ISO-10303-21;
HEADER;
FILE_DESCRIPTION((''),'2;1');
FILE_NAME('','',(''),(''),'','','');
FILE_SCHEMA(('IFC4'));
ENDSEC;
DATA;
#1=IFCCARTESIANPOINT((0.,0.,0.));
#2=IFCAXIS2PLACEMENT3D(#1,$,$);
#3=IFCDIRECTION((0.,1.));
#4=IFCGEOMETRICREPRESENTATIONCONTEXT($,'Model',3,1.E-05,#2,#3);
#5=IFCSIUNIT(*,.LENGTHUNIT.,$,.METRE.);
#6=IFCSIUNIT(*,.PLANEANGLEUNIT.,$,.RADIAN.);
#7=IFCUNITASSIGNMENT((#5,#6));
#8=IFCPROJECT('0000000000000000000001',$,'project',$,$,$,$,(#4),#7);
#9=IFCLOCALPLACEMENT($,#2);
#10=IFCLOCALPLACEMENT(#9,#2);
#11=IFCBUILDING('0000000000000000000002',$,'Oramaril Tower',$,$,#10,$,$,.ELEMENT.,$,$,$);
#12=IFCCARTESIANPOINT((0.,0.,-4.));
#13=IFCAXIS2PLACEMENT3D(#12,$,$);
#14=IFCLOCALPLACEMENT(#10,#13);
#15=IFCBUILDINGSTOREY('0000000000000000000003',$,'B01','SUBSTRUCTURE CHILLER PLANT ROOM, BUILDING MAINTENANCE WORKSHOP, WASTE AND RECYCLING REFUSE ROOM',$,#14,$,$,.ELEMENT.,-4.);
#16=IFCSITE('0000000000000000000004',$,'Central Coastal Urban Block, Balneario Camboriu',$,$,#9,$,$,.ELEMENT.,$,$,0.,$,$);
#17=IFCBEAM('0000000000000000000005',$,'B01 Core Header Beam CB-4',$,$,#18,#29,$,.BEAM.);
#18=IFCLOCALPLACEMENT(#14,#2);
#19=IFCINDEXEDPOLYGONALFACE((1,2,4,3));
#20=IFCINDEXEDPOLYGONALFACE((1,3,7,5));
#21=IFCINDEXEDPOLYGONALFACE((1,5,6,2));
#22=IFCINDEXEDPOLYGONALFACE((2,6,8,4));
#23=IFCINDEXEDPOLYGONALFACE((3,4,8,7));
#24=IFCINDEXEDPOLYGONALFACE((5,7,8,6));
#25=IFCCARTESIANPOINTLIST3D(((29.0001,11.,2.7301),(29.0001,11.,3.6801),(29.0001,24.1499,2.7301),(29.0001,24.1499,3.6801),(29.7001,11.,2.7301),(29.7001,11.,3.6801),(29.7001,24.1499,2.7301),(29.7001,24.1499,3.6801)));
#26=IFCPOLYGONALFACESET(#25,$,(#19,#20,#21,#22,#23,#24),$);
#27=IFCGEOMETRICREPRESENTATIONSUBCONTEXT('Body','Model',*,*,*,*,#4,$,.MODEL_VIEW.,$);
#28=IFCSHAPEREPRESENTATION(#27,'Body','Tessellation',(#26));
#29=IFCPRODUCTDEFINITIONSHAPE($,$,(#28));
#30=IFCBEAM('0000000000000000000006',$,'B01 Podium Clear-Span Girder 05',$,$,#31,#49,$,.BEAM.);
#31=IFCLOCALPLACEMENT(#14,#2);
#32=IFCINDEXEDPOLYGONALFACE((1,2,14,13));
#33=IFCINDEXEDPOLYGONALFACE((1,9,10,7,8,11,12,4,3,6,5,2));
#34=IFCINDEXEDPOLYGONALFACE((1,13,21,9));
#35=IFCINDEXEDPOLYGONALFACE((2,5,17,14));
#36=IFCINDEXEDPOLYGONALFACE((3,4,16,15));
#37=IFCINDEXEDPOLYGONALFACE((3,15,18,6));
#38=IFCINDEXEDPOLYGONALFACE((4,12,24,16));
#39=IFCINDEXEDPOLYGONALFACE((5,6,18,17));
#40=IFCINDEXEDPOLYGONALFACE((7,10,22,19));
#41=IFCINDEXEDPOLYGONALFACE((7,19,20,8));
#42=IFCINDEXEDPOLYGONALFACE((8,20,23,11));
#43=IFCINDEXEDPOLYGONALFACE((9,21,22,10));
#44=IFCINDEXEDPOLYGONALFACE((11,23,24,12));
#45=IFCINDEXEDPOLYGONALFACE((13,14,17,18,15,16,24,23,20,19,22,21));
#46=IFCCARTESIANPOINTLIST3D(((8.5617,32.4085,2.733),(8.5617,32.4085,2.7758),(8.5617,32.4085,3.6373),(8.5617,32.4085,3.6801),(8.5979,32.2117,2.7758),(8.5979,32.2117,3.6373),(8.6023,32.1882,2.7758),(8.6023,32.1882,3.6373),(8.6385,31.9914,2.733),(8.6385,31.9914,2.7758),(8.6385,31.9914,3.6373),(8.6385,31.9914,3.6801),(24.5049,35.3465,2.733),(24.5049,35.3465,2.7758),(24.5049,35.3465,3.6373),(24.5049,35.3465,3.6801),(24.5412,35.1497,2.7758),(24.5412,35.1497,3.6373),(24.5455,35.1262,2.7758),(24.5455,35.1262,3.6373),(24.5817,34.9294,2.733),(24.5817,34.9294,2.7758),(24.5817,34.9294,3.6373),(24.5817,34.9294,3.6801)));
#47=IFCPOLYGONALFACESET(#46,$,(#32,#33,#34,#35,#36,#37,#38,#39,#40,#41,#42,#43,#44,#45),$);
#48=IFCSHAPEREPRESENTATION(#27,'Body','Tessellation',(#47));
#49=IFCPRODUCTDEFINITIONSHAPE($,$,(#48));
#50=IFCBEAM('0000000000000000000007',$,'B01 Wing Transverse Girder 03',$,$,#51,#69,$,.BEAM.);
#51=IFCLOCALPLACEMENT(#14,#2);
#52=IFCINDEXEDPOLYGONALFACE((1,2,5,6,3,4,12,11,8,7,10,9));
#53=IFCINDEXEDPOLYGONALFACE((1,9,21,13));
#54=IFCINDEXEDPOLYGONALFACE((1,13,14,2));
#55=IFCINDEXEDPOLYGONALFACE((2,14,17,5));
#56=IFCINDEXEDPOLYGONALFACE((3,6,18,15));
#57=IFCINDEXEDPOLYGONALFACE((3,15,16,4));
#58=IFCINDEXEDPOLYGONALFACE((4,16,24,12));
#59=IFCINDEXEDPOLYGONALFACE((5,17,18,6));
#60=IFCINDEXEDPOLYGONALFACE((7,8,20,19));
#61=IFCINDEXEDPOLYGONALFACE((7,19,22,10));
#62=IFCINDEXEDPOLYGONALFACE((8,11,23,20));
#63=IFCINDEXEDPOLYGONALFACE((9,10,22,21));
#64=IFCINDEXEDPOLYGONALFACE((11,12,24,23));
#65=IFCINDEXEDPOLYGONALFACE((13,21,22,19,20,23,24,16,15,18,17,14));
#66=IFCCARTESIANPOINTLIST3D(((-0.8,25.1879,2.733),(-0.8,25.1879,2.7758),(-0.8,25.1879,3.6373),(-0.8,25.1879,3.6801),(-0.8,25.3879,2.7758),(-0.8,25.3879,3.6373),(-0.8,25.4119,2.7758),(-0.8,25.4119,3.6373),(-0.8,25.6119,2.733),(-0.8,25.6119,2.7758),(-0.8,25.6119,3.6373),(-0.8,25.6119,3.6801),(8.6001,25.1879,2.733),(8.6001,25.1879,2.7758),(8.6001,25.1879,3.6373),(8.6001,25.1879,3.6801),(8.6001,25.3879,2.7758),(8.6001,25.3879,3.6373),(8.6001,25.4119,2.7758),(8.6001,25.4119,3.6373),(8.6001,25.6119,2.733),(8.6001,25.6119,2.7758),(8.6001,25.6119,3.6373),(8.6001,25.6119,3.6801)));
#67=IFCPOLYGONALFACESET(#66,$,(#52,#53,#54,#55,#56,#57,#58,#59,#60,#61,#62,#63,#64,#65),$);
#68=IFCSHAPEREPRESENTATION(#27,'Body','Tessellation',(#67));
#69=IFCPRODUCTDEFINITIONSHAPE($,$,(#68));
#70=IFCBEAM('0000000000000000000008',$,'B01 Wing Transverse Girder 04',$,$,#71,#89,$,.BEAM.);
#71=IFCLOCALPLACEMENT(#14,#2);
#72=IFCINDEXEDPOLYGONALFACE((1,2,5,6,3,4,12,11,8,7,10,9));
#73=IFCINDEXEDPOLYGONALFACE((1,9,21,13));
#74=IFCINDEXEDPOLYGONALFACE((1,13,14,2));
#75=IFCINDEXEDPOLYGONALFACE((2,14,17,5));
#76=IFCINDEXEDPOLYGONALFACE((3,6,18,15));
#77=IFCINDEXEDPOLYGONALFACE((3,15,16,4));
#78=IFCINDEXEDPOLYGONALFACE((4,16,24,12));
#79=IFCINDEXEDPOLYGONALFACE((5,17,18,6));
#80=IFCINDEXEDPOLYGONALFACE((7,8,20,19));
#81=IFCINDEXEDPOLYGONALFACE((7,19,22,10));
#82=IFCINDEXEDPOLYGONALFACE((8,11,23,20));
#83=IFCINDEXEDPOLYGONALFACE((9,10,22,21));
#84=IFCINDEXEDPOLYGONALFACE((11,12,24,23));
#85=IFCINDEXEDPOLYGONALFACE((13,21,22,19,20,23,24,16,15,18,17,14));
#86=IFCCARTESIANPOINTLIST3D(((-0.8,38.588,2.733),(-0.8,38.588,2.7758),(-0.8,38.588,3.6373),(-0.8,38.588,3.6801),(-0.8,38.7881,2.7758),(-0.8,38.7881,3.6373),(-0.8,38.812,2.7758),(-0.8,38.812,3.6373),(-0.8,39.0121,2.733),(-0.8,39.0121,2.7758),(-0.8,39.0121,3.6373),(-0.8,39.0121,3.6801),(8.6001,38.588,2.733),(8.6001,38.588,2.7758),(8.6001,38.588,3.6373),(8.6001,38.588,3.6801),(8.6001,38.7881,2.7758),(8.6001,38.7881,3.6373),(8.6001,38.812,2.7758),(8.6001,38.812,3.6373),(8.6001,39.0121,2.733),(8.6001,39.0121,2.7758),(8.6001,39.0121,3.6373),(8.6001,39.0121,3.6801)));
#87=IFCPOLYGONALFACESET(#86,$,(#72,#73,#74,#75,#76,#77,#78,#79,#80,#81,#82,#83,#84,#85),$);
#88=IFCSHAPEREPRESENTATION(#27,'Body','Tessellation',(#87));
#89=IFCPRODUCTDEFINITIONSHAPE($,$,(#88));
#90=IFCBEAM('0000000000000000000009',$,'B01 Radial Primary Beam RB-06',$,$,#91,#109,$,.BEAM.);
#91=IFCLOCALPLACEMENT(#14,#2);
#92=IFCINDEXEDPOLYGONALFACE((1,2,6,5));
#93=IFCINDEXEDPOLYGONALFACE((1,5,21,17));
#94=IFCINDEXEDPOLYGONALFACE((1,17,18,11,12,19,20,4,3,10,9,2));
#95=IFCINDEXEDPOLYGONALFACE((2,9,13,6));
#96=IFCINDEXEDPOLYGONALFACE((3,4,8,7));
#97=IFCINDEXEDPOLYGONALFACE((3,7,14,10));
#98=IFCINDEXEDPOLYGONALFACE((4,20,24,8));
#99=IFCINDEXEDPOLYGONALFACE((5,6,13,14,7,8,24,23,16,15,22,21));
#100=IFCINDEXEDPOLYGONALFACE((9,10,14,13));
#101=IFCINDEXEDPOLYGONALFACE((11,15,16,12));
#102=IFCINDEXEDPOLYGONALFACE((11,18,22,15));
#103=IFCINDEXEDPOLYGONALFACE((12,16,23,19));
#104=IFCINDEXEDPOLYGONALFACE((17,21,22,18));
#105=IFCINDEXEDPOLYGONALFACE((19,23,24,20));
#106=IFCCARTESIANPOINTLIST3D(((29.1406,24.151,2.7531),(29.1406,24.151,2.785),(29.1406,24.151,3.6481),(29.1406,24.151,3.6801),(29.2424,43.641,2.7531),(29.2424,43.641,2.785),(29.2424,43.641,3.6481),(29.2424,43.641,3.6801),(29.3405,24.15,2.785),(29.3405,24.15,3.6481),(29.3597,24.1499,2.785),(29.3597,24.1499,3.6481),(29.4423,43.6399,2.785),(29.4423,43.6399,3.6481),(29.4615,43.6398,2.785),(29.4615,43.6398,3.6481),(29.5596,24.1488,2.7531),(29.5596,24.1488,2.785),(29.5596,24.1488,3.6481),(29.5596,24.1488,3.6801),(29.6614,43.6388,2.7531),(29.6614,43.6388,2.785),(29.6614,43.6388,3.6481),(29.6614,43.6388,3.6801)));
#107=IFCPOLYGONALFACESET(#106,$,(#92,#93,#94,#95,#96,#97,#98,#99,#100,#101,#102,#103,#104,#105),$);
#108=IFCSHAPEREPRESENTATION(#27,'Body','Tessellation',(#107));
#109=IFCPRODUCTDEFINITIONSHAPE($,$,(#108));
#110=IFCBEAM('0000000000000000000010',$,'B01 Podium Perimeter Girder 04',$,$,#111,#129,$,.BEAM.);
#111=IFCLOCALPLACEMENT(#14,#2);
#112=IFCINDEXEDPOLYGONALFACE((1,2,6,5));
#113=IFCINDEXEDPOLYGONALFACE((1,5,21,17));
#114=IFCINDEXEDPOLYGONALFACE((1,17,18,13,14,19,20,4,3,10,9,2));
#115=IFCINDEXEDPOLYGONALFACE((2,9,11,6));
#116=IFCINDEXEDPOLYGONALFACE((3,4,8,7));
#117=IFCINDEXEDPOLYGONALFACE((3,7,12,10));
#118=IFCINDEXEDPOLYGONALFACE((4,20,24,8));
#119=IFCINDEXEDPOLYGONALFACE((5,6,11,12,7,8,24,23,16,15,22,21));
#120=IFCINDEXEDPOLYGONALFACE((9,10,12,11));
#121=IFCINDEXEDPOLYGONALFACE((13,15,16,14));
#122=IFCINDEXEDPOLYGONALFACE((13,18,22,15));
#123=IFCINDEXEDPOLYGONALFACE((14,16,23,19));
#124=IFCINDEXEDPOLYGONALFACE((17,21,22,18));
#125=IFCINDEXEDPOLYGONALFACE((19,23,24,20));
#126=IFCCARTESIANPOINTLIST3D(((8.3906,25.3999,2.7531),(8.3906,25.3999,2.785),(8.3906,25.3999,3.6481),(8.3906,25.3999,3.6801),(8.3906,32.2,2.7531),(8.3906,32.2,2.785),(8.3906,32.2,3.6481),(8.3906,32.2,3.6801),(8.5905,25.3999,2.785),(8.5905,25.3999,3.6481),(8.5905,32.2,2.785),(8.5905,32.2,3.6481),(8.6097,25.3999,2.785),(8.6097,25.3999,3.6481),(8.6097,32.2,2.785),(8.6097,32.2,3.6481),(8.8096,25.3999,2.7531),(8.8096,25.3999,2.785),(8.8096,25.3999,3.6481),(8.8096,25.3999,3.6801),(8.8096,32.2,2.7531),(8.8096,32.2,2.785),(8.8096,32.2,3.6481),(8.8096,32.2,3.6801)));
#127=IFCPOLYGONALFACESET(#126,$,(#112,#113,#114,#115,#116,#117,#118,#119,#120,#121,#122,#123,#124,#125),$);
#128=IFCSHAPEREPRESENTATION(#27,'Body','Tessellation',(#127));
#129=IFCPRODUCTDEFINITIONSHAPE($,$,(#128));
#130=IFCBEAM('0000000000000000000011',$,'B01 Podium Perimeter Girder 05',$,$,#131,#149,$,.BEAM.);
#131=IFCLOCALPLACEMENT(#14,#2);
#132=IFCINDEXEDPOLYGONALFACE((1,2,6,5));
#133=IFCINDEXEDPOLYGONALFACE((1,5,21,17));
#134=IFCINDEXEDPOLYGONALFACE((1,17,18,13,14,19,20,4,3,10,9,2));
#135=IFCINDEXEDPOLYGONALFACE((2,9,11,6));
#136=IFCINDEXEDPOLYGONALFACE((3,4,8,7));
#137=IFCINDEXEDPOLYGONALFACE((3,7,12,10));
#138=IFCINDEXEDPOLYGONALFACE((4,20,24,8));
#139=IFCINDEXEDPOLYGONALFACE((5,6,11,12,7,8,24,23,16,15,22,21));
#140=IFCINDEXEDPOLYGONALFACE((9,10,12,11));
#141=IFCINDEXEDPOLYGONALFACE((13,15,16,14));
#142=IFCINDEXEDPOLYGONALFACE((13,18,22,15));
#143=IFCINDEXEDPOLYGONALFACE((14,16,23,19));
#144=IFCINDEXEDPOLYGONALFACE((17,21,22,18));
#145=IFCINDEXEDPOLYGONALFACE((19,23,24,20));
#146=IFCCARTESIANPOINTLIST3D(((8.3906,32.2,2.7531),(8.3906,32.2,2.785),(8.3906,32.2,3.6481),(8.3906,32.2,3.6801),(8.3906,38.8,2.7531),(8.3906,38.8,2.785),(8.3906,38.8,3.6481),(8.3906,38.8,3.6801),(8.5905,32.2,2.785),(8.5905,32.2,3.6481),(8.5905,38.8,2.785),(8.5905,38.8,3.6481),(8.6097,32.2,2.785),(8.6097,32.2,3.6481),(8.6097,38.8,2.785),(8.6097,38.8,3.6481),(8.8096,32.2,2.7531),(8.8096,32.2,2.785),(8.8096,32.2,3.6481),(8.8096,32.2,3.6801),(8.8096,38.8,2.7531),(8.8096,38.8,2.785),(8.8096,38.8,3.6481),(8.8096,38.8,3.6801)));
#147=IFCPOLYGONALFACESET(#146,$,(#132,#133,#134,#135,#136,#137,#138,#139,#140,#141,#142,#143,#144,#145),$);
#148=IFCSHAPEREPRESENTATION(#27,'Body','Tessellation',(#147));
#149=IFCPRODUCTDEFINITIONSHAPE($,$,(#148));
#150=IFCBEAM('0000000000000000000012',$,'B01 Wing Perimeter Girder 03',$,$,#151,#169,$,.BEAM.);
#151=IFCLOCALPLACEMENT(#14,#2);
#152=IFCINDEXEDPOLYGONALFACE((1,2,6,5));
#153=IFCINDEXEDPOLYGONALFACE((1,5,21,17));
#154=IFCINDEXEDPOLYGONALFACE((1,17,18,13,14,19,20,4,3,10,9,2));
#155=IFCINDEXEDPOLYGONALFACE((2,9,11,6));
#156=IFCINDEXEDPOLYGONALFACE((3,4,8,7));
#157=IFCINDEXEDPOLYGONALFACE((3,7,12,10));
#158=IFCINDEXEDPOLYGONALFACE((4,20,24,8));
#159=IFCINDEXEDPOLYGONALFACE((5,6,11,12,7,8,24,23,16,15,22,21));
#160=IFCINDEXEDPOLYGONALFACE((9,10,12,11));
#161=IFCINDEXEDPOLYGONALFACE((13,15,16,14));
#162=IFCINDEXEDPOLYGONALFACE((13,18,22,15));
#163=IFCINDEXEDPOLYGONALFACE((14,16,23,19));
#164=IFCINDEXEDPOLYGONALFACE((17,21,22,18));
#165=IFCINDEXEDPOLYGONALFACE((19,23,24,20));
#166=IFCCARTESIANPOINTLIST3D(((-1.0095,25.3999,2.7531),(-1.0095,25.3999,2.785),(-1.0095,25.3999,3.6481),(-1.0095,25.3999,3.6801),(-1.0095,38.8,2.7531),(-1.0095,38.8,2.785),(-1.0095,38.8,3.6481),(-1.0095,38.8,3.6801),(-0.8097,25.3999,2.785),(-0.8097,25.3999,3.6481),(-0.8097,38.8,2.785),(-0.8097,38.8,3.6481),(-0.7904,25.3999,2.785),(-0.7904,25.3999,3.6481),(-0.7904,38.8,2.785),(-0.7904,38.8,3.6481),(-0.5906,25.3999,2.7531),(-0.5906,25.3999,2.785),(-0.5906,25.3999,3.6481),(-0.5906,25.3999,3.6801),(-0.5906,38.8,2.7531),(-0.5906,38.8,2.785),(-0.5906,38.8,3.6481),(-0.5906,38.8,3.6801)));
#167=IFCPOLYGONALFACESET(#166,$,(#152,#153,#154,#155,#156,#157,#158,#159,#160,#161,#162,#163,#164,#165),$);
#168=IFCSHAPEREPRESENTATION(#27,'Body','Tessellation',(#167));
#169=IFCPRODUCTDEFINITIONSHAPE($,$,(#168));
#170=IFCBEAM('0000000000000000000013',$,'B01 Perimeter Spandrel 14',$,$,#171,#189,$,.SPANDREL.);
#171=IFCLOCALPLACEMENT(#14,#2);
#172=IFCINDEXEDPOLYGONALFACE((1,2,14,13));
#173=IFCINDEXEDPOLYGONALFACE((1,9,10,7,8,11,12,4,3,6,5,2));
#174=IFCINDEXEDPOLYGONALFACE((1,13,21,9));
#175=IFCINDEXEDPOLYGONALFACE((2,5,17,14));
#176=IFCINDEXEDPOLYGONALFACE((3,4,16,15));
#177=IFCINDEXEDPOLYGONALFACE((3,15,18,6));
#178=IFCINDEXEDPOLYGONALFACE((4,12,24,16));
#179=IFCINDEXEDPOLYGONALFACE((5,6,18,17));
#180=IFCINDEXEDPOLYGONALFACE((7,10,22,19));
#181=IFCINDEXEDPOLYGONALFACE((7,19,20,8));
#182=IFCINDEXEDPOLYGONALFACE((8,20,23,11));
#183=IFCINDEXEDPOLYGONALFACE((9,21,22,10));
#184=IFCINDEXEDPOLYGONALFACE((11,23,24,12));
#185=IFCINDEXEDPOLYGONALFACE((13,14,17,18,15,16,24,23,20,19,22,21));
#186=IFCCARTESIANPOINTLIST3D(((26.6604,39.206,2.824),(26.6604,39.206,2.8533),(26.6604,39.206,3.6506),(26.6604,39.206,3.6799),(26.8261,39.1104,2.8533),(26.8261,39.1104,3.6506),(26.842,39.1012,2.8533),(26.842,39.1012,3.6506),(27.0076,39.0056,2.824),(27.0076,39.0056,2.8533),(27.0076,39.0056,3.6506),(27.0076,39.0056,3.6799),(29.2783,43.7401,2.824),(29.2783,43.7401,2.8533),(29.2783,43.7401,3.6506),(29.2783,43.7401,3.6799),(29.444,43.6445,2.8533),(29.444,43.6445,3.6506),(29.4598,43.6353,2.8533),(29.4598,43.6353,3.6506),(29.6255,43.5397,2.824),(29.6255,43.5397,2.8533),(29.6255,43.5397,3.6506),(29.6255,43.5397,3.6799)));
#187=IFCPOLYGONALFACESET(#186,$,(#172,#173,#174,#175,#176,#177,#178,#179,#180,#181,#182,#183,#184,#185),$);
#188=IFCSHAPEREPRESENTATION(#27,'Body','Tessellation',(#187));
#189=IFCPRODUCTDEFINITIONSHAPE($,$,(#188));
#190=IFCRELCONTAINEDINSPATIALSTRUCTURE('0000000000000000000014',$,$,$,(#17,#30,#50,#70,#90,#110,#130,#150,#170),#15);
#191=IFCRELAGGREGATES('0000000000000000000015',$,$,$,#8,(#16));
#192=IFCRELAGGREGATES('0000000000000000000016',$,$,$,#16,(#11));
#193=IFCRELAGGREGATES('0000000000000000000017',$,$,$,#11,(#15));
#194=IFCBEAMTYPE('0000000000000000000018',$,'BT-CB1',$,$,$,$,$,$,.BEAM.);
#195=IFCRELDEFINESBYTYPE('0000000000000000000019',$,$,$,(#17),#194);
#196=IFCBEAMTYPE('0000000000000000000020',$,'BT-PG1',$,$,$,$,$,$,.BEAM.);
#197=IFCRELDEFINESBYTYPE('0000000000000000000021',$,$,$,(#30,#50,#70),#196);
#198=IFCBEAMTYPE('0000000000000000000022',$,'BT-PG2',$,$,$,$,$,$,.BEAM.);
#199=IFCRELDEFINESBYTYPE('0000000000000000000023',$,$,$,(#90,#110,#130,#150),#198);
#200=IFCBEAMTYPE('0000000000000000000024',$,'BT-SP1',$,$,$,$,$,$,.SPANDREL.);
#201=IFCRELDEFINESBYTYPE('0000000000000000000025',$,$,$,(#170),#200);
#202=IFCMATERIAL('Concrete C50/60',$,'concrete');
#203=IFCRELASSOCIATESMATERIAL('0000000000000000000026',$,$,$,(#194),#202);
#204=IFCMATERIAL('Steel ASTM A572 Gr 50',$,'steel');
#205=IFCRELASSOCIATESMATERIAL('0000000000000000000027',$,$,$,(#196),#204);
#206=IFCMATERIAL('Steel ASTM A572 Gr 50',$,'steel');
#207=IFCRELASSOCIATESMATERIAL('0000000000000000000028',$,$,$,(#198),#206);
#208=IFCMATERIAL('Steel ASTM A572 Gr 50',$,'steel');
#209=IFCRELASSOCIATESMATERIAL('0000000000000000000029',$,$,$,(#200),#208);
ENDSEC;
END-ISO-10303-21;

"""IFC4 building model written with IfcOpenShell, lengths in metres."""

from ifc_helpers import new_model, si_unit, direction, frame, origin, origin_2d, place, context, subcontext, project, spatial, rectangle, i_section, extrude, material, material_profile, profile_set, type_object, element, save


model = new_model("IFC4")

# Units and contexts
model_context = context("Model", 3, precision=1e-05, world=origin(), true_north=direction((0.0, 1.0)))
body_context = subcontext(model_context, "Body", "Model", "MODEL_VIEW")
ifc_project = project(units=[si_unit("LENGTHUNIT", "METRE"), si_unit("PLANEANGLEUNIT", "RADIAN")], contexts=[model_context])

# Site, building, storey
site_placement = place(None, origin())
site = spatial("IfcSite", under=ifc_project, at=site_placement, Name="Central Coastal Urban Block, Balneario Camboriu", CompositionType="ELEMENT", RefElevation=0.0)
building_placement = place(site_placement, origin())
building = spatial("IfcBuilding", under=site, at=building_placement, Name="Oramaril Tower", CompositionType="ELEMENT")
storey_placement = place(building_placement, frame((0.0, 0.0, -4.0)))
storey = spatial("IfcBuildingStorey", under=building, at=storey_placement, Name="B01", Description="SUBSTRUCTURE CHILLER PLANT ROOM, BUILDING MAINTENANCE WORKSHOP, WASTE AND RECYCLING REFUSE ROOM", CompositionType="ELEMENT", Elevation=-4.0)

# Beams
ifc_material_1 = material(Name="Concrete C50/60", Category="concrete")
ifc_material_profile_1 = material_profile(ifc_material_1, rectangle(XDim=0.7, YDim=0.95, at=origin_2d()), Name="CB700X950")
ifc_profile_set_1 = profile_set([ifc_material_profile_1], Name="Concrete C50/60")
beam_type_1 = type_object("IfcBeamType", Name="BT-CB1", PredefinedType="BEAM", material=ifc_profile_set_1)
beam_1_placement = place(storey_placement, frame((29.3501, 24.1499, 3.2051), z_axis=(0.0, -1.0, 0.0), x_axis=(1.0, 0.0, 0.0)))
element("IfcBeam", 1, at=beam_1_placement, inside=storey, type_object=beam_type_1, Name="B01 Core Header Beam CB-4", PredefinedType="BEAM", context=body_context, shape_type="SweptSolid", body=[
    extrude(rectangle(XDim=0.7, YDim=0.95, at=origin_2d()), origin(), (0.0, 0.0, 1.0), 13.1499),
])
ifc_material_2 = material(Name="Steel ASTM A572 Gr 50", Category="steel")
ifc_material_profile_2 = material_profile(ifc_material_2, i_section(OverallWidth=0.4241, OverallDepth=0.947, WebThickness=0.0239, FlangeThickness=0.0427, at=origin_2d()), Name="W36X302")
ifc_profile_set_2 = profile_set([ifc_material_profile_2], Name="Steel ASTM A572 Gr 50")
beam_type_2 = type_object("IfcBeamType", Name="BT-PG1", PredefinedType="BEAM", material=ifc_profile_set_2)
beam_2_placement = place(storey_placement, frame((8.6001, 32.2, 3.2065), z_axis=(0.983441, 0.181228, 0.0), x_axis=(-0.181228, 0.983441, 0.0)))
element("IfcBeam", 2, at=beam_2_placement, inside=storey, type_object=beam_type_2, Name="B01 Podium Clear-Span Girder 05", PredefinedType="BEAM", context=body_context, shape_type="SweptSolid", body=[
    extrude(i_section(OverallWidth=0.4241, OverallDepth=0.947, WebThickness=0.0239, FlangeThickness=0.0427, at=origin_2d()), origin(), (0.0, 0.0, 1.0), 16.2117),
])
for number, where, z_axis, x_axis, name in (
    (3, (-0.8, 25.3999, 3.2065), (1.0, 0.0, 0.0), (0.0, 1.0, 0.0), "B01 Wing Transverse Girder 03"),
    (4, (-0.8, 38.8, 3.2065), (1.0, 0.0, 0.0), (0.0, 1.0, 0.0), "B01 Wing Transverse Girder 04"),
):
    element("IfcBeam", number, at=place(storey_placement, frame(where, z_axis=z_axis, x_axis=x_axis)), inside=storey, type_object=beam_type_2, Name=name, PredefinedType="BEAM", context=body_context, shape_type="SweptSolid", body=[
        extrude(i_section(OverallWidth=0.4241, OverallDepth=0.947, WebThickness=0.0239, FlangeThickness=0.0427, at=origin_2d()), origin(), (0.0, 0.0, 1.0), 9.4001),
    ])
ifc_material_3 = material(Name="Steel ASTM A572 Gr 50", Category="steel")
ifc_material_profile_3 = material_profile(ifc_material_3, i_section(OverallWidth=0.4189, OverallDepth=0.927, WebThickness=0.0193, FlangeThickness=0.032, at=origin_2d()), Name="W36X231")
ifc_profile_set_3 = profile_set([ifc_material_profile_3], Name="Steel ASTM A572 Gr 50")
beam_type_3 = type_object("IfcBeamType", Name="BT-PG2", PredefinedType="BEAM", material=ifc_profile_set_3)
beam_3_placement = place(storey_placement, frame((29.3501, 24.1499, 3.2166), z_axis=(0.005223, 0.999986, 0.0), x_axis=(-0.999986, 0.005223, 0.0)))
element("IfcBeam", 5, at=beam_3_placement, inside=storey, type_object=beam_type_3, Name="B01 Radial Primary Beam RB-06", PredefinedType="BEAM", context=body_context, shape_type="SweptSolid", body=[
    extrude(i_section(OverallWidth=0.4189, OverallDepth=0.927, WebThickness=0.0193, FlangeThickness=0.032, at=origin_2d()), origin(), (0.0, 0.0, 1.0), 19.4902),
])
beam_4_placement = place(storey_placement, frame((8.6001, 25.3999, 3.2166), z_axis=(0.0, 1.0, 0.0), x_axis=(-1.0, 0.0, 0.0)))
element("IfcBeam", 6, at=beam_4_placement, inside=storey, type_object=beam_type_3, Name="B01 Podium Perimeter Girder 04", PredefinedType="BEAM", context=body_context, shape_type="SweptSolid", body=[
    extrude(i_section(OverallWidth=0.4189, OverallDepth=0.927, WebThickness=0.0193, FlangeThickness=0.032, at=origin_2d()), origin(), (0.0, 0.0, 1.0), 6.8),
])
beam_5_placement = place(storey_placement, frame((8.6001, 32.2, 3.2166), z_axis=(0.0, 1.0, 0.0), x_axis=(-1.0, 0.0, 0.0)))
element("IfcBeam", 7, at=beam_5_placement, inside=storey, type_object=beam_type_3, Name="B01 Podium Perimeter Girder 05", PredefinedType="BEAM", context=body_context, shape_type="SweptSolid", body=[
    extrude(i_section(OverallWidth=0.4189, OverallDepth=0.927, WebThickness=0.0193, FlangeThickness=0.032, at=origin_2d()), origin(), (0.0, 0.0, 1.0), 6.6001),
])
beam_6_placement = place(storey_placement, frame((-0.8, 25.3999, 3.2166), z_axis=(0.0, 1.0, 0.0), x_axis=(-1.0, 0.0, 0.0)))
element("IfcBeam", 8, at=beam_6_placement, inside=storey, type_object=beam_type_3, Name="B01 Wing Perimeter Girder 03", PredefinedType="BEAM", context=body_context, shape_type="SweptSolid", body=[
    extrude(i_section(OverallWidth=0.4189, OverallDepth=0.927, WebThickness=0.0193, FlangeThickness=0.032, at=origin_2d()), origin(), (0.0, 0.0, 1.0), 13.4001),
])
ifc_material_4 = material(Name="Steel ASTM A572 Gr 50", Category="steel")
ifc_material_profile_4 = material_profile(ifc_material_4, i_section(OverallWidth=0.4009, OverallDepth=0.856, WebThickness=0.0183, FlangeThickness=0.0293, at=origin_2d()), Name="W33X201")
ifc_profile_set_4 = profile_set([ifc_material_profile_4], Name="Steel ASTM A572 Gr 50")
beam_type_4 = type_object("IfcBeamType", Name="BT-SP1", PredefinedType="SPANDREL", material=ifc_profile_set_4)
beam_7_placement = place(storey_placement, frame((29.4519, 43.6399, 3.252), z_axis=(-0.500016, -0.866016, 0.0), x_axis=(0.866016, -0.500016, 0.0)))
element("IfcBeam", 9, at=beam_7_placement, inside=storey, type_object=beam_type_4, Name="B01 Perimeter Spandrel 14", PredefinedType="SPANDREL", context=body_context, shape_type="SweptSolid", body=[
    extrude(i_section(OverallWidth=0.4009, OverallDepth=0.856, WebThickness=0.0183, FlangeThickness=0.0293, at=origin_2d()), origin(), (0.0, 0.0, 1.0), 5.2356),
])

save(model, "model.ifc")
